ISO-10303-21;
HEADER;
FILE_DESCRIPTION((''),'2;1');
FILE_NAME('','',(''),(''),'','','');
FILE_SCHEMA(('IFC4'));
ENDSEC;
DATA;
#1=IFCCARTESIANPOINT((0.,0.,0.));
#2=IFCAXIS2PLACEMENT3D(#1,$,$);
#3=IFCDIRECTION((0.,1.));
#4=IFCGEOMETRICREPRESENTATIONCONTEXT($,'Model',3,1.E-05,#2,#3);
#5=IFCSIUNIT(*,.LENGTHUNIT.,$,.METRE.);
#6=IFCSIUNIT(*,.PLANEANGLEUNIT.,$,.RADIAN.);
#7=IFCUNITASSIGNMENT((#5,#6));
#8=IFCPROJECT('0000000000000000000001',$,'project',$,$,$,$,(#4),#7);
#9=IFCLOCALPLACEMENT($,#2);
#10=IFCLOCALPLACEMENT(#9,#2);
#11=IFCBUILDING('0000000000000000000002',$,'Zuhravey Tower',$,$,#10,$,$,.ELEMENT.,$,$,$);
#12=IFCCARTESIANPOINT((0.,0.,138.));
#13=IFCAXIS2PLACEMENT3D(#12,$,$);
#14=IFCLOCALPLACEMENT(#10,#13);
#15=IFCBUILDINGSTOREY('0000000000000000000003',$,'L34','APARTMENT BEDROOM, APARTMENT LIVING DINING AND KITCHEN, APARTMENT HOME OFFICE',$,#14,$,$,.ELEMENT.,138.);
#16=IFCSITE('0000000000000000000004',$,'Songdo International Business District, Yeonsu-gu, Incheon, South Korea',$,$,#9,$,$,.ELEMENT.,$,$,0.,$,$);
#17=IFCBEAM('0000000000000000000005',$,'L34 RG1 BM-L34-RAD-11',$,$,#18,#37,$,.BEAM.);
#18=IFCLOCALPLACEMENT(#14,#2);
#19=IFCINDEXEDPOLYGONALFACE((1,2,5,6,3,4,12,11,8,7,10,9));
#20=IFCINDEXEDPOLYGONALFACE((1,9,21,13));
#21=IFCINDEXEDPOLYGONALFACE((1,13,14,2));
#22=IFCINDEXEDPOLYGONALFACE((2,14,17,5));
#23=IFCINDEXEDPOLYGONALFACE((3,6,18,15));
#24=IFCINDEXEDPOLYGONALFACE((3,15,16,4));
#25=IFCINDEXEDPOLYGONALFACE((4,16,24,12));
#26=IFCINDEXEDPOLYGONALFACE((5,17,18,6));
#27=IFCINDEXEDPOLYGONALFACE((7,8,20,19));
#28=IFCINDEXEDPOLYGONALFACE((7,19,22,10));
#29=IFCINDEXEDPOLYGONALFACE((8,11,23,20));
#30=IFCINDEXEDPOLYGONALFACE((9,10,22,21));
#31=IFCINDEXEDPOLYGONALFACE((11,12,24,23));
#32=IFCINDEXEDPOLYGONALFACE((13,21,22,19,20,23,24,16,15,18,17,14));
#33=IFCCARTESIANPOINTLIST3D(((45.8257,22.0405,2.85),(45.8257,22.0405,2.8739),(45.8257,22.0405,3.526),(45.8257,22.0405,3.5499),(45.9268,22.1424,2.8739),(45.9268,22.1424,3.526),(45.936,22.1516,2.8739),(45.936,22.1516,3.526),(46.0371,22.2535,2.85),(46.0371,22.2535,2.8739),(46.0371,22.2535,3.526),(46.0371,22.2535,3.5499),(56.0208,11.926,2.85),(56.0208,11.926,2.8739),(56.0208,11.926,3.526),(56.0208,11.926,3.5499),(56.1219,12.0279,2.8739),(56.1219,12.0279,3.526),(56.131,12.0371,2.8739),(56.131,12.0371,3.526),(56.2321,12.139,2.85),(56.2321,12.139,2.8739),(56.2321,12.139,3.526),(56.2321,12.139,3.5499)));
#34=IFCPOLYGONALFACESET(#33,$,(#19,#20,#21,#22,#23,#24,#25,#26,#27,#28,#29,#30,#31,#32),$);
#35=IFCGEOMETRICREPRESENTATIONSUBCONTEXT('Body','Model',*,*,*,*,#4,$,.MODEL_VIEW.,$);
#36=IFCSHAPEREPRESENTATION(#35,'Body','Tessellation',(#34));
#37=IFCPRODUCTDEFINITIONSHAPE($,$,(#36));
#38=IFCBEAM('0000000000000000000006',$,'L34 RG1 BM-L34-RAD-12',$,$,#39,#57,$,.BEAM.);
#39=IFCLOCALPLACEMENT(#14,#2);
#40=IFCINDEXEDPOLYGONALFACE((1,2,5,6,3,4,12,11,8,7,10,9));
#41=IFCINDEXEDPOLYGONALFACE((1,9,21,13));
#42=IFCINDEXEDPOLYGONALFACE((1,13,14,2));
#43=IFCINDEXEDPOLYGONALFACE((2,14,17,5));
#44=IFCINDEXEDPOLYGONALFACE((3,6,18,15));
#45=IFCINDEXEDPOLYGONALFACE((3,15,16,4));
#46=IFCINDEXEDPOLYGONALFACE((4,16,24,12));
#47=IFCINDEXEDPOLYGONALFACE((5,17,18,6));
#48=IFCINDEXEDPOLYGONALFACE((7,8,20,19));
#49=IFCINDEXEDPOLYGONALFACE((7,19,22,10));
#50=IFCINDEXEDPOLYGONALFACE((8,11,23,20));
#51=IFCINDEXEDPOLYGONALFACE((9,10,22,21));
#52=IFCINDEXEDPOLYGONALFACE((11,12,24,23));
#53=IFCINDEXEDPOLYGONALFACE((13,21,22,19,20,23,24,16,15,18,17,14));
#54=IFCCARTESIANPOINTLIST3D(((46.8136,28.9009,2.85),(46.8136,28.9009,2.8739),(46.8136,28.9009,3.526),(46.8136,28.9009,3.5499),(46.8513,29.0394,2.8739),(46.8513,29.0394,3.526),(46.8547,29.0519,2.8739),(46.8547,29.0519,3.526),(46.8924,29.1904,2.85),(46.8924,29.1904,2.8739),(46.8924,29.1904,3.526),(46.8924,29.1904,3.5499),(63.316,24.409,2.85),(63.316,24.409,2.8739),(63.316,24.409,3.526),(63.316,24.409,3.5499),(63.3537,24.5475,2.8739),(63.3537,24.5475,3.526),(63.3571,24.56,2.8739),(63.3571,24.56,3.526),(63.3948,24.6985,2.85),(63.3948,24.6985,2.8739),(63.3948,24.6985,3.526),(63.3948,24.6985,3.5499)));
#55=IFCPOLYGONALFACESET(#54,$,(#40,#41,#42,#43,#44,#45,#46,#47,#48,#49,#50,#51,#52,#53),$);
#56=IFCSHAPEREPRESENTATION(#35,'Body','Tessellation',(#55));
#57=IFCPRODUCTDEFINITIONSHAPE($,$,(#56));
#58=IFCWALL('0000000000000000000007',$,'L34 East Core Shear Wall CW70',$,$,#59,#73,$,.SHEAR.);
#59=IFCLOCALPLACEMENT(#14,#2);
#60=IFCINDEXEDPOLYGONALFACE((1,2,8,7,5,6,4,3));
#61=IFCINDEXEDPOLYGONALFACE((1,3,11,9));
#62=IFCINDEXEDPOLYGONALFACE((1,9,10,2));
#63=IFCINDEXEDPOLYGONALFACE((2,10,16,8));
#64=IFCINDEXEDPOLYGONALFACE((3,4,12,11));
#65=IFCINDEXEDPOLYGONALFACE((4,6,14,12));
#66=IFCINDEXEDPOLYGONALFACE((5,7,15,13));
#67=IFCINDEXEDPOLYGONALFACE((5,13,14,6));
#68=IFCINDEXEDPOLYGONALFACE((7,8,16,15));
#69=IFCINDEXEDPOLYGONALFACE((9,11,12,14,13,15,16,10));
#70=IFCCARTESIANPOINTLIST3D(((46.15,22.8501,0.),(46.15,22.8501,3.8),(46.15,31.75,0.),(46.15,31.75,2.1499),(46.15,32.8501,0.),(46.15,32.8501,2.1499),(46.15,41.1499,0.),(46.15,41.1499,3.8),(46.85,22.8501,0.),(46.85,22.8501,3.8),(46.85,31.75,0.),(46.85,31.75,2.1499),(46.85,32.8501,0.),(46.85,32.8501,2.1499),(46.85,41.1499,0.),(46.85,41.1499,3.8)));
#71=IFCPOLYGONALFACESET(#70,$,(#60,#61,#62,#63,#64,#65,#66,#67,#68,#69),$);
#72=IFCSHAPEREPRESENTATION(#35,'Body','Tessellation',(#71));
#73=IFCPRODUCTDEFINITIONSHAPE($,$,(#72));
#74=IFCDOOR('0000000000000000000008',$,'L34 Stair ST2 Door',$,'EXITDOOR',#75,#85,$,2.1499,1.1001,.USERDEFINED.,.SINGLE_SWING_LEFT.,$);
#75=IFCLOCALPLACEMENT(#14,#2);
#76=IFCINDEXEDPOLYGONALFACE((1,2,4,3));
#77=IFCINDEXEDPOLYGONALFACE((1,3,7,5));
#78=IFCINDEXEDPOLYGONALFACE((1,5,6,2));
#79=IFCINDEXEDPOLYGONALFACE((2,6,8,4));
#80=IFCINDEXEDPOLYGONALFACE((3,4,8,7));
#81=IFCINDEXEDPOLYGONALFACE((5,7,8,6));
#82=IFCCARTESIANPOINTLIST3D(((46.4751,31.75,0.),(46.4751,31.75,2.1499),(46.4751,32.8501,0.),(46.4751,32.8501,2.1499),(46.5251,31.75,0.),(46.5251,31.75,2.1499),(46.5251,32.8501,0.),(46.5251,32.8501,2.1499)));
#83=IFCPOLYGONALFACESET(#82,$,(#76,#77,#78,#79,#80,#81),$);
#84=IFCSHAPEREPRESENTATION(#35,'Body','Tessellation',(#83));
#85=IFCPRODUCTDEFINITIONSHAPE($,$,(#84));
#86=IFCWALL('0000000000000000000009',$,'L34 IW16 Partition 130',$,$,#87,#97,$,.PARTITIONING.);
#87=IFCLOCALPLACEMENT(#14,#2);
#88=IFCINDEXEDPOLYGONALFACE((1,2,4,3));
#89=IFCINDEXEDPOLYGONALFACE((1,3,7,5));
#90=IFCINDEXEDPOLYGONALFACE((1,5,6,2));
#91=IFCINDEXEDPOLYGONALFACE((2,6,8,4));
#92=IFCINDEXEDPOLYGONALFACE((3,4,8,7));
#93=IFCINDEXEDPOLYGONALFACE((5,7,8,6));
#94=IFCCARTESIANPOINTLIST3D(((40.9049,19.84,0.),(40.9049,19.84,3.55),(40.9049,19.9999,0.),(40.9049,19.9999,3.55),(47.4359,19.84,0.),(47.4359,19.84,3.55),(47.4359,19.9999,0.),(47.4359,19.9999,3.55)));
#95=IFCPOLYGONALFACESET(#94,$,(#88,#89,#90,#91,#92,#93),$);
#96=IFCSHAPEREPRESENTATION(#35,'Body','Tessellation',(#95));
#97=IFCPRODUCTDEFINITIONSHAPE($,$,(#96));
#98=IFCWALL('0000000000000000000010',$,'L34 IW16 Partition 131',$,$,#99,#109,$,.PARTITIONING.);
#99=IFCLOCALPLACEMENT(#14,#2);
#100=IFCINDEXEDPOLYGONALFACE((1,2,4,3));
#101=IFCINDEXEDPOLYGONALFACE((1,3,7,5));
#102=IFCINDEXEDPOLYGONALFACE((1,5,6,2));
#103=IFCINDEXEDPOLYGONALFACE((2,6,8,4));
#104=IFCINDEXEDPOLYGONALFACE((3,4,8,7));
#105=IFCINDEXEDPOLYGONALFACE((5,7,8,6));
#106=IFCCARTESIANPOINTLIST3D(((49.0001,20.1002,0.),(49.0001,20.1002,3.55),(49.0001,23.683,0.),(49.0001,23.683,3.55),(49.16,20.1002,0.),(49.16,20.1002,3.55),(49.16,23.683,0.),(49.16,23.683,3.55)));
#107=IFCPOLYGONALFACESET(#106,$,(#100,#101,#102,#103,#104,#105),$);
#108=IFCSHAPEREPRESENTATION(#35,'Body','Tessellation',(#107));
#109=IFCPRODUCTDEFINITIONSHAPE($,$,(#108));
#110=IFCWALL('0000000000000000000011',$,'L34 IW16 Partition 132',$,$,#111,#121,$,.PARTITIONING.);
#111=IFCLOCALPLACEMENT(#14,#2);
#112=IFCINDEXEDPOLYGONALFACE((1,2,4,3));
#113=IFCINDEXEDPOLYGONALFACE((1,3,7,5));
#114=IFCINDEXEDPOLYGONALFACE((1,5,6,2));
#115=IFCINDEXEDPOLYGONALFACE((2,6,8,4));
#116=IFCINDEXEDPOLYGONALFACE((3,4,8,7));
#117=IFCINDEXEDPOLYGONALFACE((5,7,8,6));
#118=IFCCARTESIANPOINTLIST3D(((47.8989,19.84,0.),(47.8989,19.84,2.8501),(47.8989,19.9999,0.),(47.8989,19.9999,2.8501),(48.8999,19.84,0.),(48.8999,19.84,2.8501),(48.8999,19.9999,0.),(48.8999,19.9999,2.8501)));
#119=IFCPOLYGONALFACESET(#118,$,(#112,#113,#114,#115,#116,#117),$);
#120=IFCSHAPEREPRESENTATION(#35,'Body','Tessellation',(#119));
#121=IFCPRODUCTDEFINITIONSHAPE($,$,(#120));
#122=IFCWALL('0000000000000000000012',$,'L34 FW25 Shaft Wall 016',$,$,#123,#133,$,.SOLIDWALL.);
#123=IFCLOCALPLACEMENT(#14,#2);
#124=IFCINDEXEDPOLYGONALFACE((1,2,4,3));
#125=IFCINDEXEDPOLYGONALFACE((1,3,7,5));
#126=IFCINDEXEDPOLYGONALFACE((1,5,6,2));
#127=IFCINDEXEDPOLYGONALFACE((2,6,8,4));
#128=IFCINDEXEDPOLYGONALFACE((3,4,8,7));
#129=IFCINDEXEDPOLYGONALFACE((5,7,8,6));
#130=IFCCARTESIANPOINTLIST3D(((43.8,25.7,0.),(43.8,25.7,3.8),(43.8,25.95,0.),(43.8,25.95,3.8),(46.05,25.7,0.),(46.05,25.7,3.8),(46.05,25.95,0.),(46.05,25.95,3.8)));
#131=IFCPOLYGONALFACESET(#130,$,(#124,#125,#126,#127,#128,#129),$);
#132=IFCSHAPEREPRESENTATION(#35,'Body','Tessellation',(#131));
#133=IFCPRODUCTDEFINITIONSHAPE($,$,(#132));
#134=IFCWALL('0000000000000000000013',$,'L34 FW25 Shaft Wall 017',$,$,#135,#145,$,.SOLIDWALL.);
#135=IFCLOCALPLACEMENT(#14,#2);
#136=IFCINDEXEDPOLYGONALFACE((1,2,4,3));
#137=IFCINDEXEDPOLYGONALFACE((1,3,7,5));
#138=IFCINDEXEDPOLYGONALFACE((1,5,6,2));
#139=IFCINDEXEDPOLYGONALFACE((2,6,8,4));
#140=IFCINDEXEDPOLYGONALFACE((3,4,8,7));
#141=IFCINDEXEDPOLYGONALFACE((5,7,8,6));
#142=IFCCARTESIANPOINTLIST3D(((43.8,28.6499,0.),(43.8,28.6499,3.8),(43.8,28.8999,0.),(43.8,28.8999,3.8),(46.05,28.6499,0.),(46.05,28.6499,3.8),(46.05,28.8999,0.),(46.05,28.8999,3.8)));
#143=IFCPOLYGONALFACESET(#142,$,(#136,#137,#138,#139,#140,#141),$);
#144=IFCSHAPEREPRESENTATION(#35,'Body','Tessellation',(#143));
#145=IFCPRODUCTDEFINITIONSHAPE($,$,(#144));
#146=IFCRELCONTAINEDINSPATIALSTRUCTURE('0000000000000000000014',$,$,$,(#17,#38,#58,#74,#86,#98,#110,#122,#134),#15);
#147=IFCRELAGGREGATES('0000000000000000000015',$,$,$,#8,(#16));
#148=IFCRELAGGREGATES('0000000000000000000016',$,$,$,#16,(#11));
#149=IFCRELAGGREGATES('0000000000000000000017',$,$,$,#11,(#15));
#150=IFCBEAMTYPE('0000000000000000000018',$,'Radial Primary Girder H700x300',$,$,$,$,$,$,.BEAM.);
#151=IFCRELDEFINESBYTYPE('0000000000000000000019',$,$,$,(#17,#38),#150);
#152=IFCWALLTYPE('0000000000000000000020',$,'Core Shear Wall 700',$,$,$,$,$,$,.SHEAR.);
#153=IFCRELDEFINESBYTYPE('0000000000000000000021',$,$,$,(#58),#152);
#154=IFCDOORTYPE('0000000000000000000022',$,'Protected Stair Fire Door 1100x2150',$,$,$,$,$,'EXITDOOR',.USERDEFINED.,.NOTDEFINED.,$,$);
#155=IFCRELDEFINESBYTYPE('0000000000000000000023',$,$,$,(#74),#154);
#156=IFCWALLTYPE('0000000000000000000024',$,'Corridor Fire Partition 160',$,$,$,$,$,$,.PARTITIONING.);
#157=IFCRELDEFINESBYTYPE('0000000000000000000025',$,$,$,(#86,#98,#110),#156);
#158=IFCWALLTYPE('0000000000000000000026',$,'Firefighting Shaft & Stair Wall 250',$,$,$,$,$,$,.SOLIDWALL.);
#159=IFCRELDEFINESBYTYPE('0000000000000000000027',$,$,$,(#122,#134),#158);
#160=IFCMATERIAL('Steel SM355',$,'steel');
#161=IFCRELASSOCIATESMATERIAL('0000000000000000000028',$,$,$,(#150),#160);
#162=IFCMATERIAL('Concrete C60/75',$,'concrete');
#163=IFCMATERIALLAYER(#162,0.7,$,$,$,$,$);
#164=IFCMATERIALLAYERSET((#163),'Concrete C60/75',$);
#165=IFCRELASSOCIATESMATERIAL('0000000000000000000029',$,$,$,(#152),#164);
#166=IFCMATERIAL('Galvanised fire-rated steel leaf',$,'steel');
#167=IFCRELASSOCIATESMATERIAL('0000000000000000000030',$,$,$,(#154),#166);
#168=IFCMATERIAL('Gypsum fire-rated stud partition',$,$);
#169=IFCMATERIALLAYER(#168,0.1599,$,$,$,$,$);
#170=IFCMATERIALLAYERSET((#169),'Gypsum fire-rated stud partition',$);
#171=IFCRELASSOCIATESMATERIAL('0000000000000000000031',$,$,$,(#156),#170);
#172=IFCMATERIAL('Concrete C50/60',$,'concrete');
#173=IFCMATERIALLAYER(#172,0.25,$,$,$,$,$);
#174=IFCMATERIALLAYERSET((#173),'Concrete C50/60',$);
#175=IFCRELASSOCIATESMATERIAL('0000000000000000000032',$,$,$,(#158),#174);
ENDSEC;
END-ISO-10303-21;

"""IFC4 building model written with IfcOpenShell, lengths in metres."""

from ifc_helpers import new_model, si_unit, direction, frame, frame_2d, origin, origin_2d, place, context, subcontext, project, spatial, rectangle, i_section, extrude, material, layer, layer_set, material_profile, profile_set, type_object, element, fill, save


model = new_model("IFC4")

# Units and contexts
model_context = context("Model", 3, precision=1e-05, world=origin(), true_north=direction((0.0, 1.0)))
body_context = subcontext(model_context, "Body", "Model", "MODEL_VIEW")
ifc_project = project(units=[si_unit("LENGTHUNIT", "METRE"), si_unit("PLANEANGLEUNIT", "RADIAN")], contexts=[model_context])

# Site, building, storey
site_placement = place(None, origin())
site = spatial("IfcSite", under=ifc_project, at=site_placement, Name="Songdo International Business District, Yeonsu-gu, Incheon, South Korea", CompositionType="ELEMENT", RefElevation=0.0)
building_placement = place(site_placement, origin())
building = spatial("IfcBuilding", under=site, at=building_placement, Name="Zuhravey Tower", CompositionType="ELEMENT")
storey_placement = place(building_placement, frame((0.0, 0.0, 138.0)))
storey = spatial("IfcBuildingStorey", under=building, at=storey_placement, Name="L34", Description="APARTMENT BEDROOM, APARTMENT LIVING DINING AND KITCHEN, APARTMENT HOME OFFICE", CompositionType="ELEMENT", Elevation=138.0)

# Beams
ifc_material_1 = material(Name="Steel SM355", Category="steel")
ifc_material_profile = material_profile(ifc_material_1, i_section(OverallWidth=0.3, OverallDepth=0.7, WebThickness=0.0129, FlangeThickness=0.0239, at=origin_2d()), Name="H-700x300x13x24")
ifc_profile_set = profile_set([ifc_material_profile], Name="Steel SM355")
beam_type = type_object("IfcBeamType", Name="Radial Primary Girder H700x300", PredefinedType="BEAM", material=ifc_profile_set)
beam_1_placement = place(storey_placement, frame((45.9314, 22.147, 3.2), z_axis=(0.709906, -0.704296, 0.0), x_axis=(0.704296, 0.709906, 0.0)))
element("IfcBeam", 1, at=beam_1_placement, inside=storey, type_object=beam_type, Name="L34 RG1 BM-L34-RAD-11", PredefinedType="BEAM", context=body_context, shape_type="SweptSolid", body=[
    extrude(i_section(OverallWidth=0.3, OverallDepth=0.7, WebThickness=0.0129, FlangeThickness=0.0239, at=origin_2d()), origin(), (0.0, 0.0, 1.0), 14.3611),
])
beam_2_placement = place(storey_placement, frame((46.853, 29.0457, 3.2), z_axis=(0.964893, -0.262643, 0.0), x_axis=(0.262643, 0.964893, 0.0)))
element("IfcBeam", 2, at=beam_2_placement, inside=storey, type_object=beam_type, Name="L34 RG1 BM-L34-RAD-12", PredefinedType="BEAM", context=body_context, shape_type="SweptSolid", body=[
    extrude(i_section(OverallWidth=0.3, OverallDepth=0.7, WebThickness=0.0129, FlangeThickness=0.0239, at=origin_2d()), origin(), (0.0, 0.0, 1.0), 17.1028),
])

# Wall, opening, door
ifc_material_2 = material(Name="Concrete C60/75", Category="concrete")
ifc_layer_1 = layer(ifc_material_2, 0.7)
ifc_layer_set_1 = layer_set([ifc_layer_1], Name="Concrete C60/75")
wall_type_1 = type_object("IfcWallType", Name="Core Shear Wall 700", PredefinedType="SHEAR", material=ifc_layer_set_1)
wall_1_placement = place(storey_placement, frame((46.5, 22.8501, 0.0), z_axis=(0.0, 0.0, 1.0), x_axis=(0.0, 1.0, 0.0)))
wall_1 = element("IfcWall", 3, at=wall_1_placement, inside=storey, type_object=wall_type_1, Name="L34 East Core Shear Wall CW70", PredefinedType="SHEAR", context=body_context, shape_type="SweptSolid", body=[
    extrude(rectangle(XDim=18.2998, YDim=0.7, at=frame_2d((9.1499, 0.0))), origin(), (0.0, 0.0, 1.0), 3.8),
])
opening_1_placement = place(wall_1_placement, frame((8.8999, 0.0, 0.0)))
opening_1 = element("IfcOpeningElement", 4, at=opening_1_placement, cuts=wall_1, PredefinedType="OPENING", context=body_context, shape_type="SweptSolid", body=[
    extrude(rectangle(XDim=1.1001, YDim=2.1499, at=frame_2d((0.55, 1.075))), frame((0.0, 0.3621, 0.0), z_axis=(0.0, -1.0, 0.0), x_axis=(1.0, 0.0, 0.0)), (0.0, 0.0, 1.0), 0.7239),
])
ifc_material_3 = material(Name="Galvanised fire-rated steel leaf", Category="steel")
door_type_1 = type_object("IfcDoorType", Name="Protected Stair Fire Door 1100x2150", ElementType="EXITDOOR", OperationType="NOTDEFINED", PredefinedType="USERDEFINED", material=ifc_material_3)
door_1_placement = place(opening_1_placement, origin())
door_1 = element("IfcDoor", 5, at=door_1_placement, inside=storey, type_object=door_type_1, Name="L34 Stair ST2 Door", ObjectType="EXITDOOR", OperationType="SINGLE_SWING_LEFT", OverallHeight=2.1499, OverallWidth=1.1001, PredefinedType="USERDEFINED", context=body_context, shape_type="SweptSolid", body=[
    extrude(rectangle(XDim=1.1001, YDim=2.1499, at=frame_2d((0.55, 1.075))), frame((0.0, 0.0249, 0.0), z_axis=(0.0, -1.0, 0.0), x_axis=(1.0, 0.0, 0.0)), (0.0, 0.0, 1.0), 0.05),
])
fill(opening_1, door_1)
ifc_material_4 = material(Name="Gypsum fire-rated stud partition")
ifc_layer_2 = layer(ifc_material_4, 0.1599)
ifc_layer_set_2 = layer_set([ifc_layer_2], Name="Gypsum fire-rated stud partition")
wall_type_2 = type_object("IfcWallType", Name="Corridor Fire Partition 160", PredefinedType="PARTITIONING", material=ifc_layer_set_2)

# Walls
wall_2_placement = place(storey_placement, frame((40.9048, 19.9199, 0.0), z_axis=(0.0, 0.0, 1.0), x_axis=(1.0, 0.0, 0.0)))
element("IfcWall", 6, at=wall_2_placement, inside=storey, type_object=wall_type_2, Name="L34 IW16 Partition 130", PredefinedType="PARTITIONING", context=body_context, shape_type="SweptSolid", body=[
    extrude(rectangle(XDim=6.531, YDim=0.1599, at=frame_2d((3.2656, 0.0))), origin(), (0.0, 0.0, 1.0), 3.55),
])
wall_3_placement = place(storey_placement, frame((49.0801, 20.1001, 0.0), z_axis=(0.0, 0.0, 1.0), x_axis=(0.0, 1.0, 0.0)))
element("IfcWall", 7, at=wall_3_placement, inside=storey, type_object=wall_type_2, Name="L34 IW16 Partition 131", PredefinedType="PARTITIONING", context=body_context, shape_type="SweptSolid", body=[
    extrude(rectangle(XDim=3.5828, YDim=0.1599, at=frame_2d((1.7915, 0.0))), origin(), (0.0, 0.0, 1.0), 3.55),
])
wall_4_placement = place(storey_placement, frame((47.8989, 19.9199, 0.0), z_axis=(0.0, 0.0, 1.0), x_axis=(1.0, 0.0, 0.0)))
element("IfcWall", 8, at=wall_4_placement, inside=storey, type_object=wall_type_2, Name="L34 IW16 Partition 132", PredefinedType="PARTITIONING", context=body_context, shape_type="SweptSolid", body=[
    extrude(rectangle(XDim=1.001, YDim=0.1599, at=frame_2d((0.5005, 0.0))), origin(), (0.0, 0.0, 1.0), 2.8501),
])
ifc_material_5 = material(Name="Concrete C50/60", Category="concrete")
ifc_layer_3 = layer(ifc_material_5, 0.25)
ifc_layer_set_3 = layer_set([ifc_layer_3], Name="Concrete C50/60")
wall_type_3 = type_object("IfcWallType", Name="Firefighting Shaft & Stair Wall 250", PredefinedType="SOLIDWALL", material=ifc_layer_set_3)
for number, where, z_axis, x_axis, name in (
    (9, (43.8, 25.825, 0.0), (0.0, 0.0, 1.0), (1.0, 0.0, 0.0), "L34 FW25 Shaft Wall 016"),
    (10, (43.8, 28.7749, 0.0), (0.0, 0.0, 1.0), (1.0, 0.0, 0.0), "L34 FW25 Shaft Wall 017"),
):
    element("IfcWall", number, at=place(storey_placement, frame(where, z_axis=z_axis, x_axis=x_axis)), inside=storey, type_object=wall_type_3, Name=name, PredefinedType="SOLIDWALL", context=body_context, shape_type="SweptSolid", body=[
        extrude(rectangle(XDim=2.25, YDim=0.25, at=frame_2d((1.125, 0.0))), origin(), (0.0, 0.0, 1.0), 3.8),
    ])

save(model, "model.ifc")
